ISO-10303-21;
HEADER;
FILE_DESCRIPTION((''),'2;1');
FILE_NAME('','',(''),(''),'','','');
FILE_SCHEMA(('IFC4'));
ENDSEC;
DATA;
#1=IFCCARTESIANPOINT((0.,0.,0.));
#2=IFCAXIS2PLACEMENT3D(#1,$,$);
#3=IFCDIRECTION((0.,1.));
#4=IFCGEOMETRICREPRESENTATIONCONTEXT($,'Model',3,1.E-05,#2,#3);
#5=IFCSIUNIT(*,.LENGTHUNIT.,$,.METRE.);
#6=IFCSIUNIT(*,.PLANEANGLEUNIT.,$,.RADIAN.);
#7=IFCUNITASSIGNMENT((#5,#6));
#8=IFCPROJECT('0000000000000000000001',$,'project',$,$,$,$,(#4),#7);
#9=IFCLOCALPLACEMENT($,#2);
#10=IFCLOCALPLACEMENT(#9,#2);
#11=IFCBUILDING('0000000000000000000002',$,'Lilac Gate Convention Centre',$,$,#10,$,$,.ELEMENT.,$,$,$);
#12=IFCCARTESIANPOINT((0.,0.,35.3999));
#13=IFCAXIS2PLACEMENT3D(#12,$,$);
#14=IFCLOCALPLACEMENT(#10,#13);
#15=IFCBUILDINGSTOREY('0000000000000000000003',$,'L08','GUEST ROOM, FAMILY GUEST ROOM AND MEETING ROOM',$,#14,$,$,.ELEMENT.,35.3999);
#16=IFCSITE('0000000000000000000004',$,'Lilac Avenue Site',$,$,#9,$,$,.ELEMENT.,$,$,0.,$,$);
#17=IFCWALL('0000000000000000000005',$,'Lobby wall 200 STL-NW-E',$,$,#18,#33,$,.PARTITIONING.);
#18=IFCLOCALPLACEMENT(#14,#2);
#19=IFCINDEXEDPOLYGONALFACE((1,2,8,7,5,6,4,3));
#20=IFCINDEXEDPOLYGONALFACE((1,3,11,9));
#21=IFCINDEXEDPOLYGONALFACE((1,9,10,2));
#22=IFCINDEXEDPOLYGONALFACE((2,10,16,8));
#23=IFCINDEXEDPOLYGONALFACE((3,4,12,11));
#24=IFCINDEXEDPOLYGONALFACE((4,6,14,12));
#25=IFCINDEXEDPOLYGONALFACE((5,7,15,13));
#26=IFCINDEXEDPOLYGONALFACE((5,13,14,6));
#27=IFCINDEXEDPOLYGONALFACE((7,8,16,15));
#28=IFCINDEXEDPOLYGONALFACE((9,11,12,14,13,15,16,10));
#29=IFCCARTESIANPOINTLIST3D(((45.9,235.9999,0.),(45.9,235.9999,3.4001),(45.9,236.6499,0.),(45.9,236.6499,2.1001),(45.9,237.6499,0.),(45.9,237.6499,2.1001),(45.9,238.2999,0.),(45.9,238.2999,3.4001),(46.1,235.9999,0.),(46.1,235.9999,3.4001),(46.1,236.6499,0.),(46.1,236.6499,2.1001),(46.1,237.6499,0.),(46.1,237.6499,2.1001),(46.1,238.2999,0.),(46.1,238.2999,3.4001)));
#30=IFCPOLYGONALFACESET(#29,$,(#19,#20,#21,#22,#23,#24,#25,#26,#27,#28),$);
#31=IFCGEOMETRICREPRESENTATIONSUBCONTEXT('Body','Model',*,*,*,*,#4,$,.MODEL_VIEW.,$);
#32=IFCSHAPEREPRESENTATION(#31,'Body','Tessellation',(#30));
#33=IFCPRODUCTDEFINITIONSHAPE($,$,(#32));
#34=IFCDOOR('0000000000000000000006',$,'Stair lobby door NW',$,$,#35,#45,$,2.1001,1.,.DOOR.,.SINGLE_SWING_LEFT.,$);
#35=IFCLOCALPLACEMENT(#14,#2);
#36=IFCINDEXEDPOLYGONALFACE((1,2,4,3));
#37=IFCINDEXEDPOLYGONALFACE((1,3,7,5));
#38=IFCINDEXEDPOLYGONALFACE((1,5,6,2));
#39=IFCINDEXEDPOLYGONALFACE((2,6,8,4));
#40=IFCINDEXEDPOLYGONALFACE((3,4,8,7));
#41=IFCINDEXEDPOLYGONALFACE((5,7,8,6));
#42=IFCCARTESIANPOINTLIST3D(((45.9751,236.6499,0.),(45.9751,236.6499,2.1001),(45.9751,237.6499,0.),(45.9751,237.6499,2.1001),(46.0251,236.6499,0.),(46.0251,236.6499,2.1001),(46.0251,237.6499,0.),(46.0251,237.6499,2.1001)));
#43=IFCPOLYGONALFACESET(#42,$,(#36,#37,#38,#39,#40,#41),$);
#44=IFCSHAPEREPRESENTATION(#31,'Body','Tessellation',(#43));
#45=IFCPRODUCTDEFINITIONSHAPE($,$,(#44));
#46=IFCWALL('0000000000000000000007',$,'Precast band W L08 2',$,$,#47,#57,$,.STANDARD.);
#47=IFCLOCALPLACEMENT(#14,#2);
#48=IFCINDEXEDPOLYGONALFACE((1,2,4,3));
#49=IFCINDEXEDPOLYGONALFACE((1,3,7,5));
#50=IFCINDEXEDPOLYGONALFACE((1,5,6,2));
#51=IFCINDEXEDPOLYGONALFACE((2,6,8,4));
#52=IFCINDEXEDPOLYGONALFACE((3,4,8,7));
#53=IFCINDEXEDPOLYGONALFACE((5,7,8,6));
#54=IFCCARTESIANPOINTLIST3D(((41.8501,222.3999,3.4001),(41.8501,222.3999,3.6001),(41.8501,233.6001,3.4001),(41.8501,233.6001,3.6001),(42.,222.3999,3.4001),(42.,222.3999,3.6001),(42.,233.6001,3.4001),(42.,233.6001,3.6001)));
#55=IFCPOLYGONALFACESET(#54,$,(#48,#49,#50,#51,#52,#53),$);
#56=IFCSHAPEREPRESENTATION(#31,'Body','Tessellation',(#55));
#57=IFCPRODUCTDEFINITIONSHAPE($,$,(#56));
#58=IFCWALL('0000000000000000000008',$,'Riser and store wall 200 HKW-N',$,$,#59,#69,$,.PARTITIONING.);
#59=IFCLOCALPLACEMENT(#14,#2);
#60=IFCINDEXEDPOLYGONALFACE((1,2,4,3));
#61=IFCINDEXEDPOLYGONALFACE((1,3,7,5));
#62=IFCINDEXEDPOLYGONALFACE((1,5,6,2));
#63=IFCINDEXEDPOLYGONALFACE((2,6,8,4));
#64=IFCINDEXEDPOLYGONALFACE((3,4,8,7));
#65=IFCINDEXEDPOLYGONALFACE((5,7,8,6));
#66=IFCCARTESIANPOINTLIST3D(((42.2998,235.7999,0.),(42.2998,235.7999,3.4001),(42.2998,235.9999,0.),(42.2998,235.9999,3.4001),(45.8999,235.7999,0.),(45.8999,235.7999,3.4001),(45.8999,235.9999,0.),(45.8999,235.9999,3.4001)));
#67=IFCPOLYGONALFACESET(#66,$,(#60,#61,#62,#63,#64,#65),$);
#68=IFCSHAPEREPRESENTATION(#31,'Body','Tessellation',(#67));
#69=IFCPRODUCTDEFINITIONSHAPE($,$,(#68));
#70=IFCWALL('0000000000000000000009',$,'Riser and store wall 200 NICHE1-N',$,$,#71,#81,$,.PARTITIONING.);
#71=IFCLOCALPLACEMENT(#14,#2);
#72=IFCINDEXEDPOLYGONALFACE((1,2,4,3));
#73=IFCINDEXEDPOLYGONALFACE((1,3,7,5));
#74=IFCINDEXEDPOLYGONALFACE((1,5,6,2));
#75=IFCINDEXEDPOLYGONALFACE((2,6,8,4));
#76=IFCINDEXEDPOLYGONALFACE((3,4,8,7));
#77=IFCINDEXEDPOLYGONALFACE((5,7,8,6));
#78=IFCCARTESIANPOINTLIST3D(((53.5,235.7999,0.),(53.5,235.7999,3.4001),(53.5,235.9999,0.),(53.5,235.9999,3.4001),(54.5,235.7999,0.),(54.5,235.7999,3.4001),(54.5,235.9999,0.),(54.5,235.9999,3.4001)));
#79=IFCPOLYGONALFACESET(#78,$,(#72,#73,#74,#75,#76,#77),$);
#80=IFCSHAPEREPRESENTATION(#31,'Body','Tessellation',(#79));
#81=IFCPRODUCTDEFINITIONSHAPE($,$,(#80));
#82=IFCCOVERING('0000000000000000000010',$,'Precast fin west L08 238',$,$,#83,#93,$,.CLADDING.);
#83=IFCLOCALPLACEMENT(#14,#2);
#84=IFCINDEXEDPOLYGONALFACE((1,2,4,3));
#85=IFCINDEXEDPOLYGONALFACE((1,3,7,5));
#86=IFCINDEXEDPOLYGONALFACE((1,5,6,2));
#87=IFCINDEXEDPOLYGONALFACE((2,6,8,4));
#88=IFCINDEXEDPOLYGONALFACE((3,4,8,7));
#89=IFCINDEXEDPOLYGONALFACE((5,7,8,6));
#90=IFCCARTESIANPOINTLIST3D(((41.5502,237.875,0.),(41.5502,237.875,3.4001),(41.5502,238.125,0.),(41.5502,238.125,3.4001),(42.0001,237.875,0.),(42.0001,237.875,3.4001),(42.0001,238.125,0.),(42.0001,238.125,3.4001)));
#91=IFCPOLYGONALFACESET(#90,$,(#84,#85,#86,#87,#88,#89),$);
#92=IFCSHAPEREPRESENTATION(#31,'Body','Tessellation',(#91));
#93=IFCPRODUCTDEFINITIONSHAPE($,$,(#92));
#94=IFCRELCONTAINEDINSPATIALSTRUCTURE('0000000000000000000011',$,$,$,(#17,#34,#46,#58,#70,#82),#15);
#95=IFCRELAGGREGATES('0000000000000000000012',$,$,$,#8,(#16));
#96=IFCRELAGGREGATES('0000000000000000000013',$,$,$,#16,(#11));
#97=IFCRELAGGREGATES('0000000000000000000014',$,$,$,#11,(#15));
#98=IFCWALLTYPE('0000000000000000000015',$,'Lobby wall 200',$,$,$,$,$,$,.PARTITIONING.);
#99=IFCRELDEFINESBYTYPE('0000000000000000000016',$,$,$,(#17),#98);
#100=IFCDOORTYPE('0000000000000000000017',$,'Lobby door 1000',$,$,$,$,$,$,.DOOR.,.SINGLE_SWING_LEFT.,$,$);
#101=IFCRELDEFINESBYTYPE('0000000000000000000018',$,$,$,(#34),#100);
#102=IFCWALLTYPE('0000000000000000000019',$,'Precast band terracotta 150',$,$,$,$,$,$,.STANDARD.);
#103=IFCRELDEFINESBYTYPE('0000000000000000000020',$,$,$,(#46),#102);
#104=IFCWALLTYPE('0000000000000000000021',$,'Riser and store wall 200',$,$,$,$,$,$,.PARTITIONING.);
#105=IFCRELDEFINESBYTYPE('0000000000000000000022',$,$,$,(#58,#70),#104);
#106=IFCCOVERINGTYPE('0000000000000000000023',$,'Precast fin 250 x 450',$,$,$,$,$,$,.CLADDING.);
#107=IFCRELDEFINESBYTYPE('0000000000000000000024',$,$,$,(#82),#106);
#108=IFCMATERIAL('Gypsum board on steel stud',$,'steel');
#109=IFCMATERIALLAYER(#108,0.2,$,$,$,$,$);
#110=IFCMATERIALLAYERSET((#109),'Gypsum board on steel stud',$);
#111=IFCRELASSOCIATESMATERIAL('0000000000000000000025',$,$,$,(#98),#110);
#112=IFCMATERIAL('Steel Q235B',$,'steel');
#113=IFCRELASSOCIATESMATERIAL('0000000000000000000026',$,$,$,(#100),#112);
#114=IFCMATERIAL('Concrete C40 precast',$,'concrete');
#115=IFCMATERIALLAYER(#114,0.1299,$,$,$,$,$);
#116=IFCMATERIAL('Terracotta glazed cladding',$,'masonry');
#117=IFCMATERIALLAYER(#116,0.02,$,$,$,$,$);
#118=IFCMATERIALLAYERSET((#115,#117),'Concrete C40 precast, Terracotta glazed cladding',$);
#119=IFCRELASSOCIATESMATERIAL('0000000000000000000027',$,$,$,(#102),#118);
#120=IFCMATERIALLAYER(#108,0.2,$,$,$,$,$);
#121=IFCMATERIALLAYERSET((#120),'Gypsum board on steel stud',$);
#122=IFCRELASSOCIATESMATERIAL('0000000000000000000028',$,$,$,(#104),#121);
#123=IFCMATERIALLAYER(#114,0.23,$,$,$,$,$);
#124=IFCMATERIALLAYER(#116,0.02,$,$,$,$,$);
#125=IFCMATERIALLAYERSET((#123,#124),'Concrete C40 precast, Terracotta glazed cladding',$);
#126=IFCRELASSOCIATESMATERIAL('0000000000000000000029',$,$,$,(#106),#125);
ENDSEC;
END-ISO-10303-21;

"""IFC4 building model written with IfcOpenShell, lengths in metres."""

from ifc_helpers import new_model, si_unit, direction, frame, frame_2d, origin, place, context, subcontext, project, spatial, rectangle, extrude, material, layer, layer_set, type_object, element, fill, save


model = new_model("IFC4")

# Units and contexts
model_context = context("Model", 3, precision=1e-05, world=origin(), true_north=direction((0.0, 1.0)))
body_context = subcontext(model_context, "Body", "Model", "MODEL_VIEW")
ifc_project = project(units=[si_unit("LENGTHUNIT", "METRE"), si_unit("PLANEANGLEUNIT", "RADIAN")], contexts=[model_context])

# Site, building, storey
site_placement = place(None, origin())
site = spatial("IfcSite", under=ifc_project, at=site_placement, Name="Lilac Avenue Site", CompositionType="ELEMENT", RefElevation=0.0)
building_placement = place(site_placement, origin())
building = spatial("IfcBuilding", under=site, at=building_placement, Name="Lilac Gate Convention Centre", CompositionType="ELEMENT")
storey_placement = place(building_placement, frame((0.0, 0.0, 35.3999)))
storey = spatial("IfcBuildingStorey", under=building, at=storey_placement, Name="L08", Description="GUEST ROOM, FAMILY GUEST ROOM AND MEETING ROOM", CompositionType="ELEMENT", Elevation=35.3999)

# Wall, opening, door
ifc_material_1 = material(Name="Gypsum board on steel stud", Category="steel")
ifc_layer_1 = layer(ifc_material_1, 0.2)
ifc_layer_set_1 = layer_set([ifc_layer_1], Name="Gypsum board on steel stud")
wall_type_1 = type_object("IfcWallType", Name="Lobby wall 200", PredefinedType="PARTITIONING", material=ifc_layer_set_1)
wall_1_placement = place(storey_placement, frame((46.0, 236.0, 0.0), z_axis=(0.0, 0.0, 1.0), x_axis=(0.0, 1.0, 0.0)))
wall_1 = element("IfcWall", 1, at=wall_1_placement, inside=storey, type_object=wall_type_1, Name="Lobby wall 200 STL-NW-E", PredefinedType="PARTITIONING", context=body_context, shape_type="SweptSolid", body=[
    extrude(rectangle(XDim=2.3, YDim=0.2, at=frame_2d((1.1499, 0.0))), origin(), (0.0, 0.0, 1.0), 3.4001),
])
opening_placement = place(wall_1_placement, frame((0.6499, 0.0, 0.0)))
opening = element("IfcOpeningElement", 2, at=opening_placement, cuts=wall_1, PredefinedType="OPENING", context=body_context, shape_type="SweptSolid", body=[
    extrude(rectangle(XDim=1.0, YDim=2.1001, at=frame_2d((0.5, 1.05))), frame((0.0, 0.1099, 0.0), z_axis=(0.0, -1.0, 0.0), x_axis=(1.0, 0.0, 0.0)), (0.0, 0.0, 1.0), 0.22),
])
ifc_material_2 = material(Name="Steel Q235B", Category="steel")
door_type = type_object("IfcDoorType", Name="Lobby door 1000", OperationType="SINGLE_SWING_LEFT", PredefinedType="DOOR", material=ifc_material_2)
door_placement = place(opening_placement, origin())
door = element("IfcDoor", 3, at=door_placement, inside=storey, type_object=door_type, Name="Stair lobby door NW", OperationType="SINGLE_SWING_LEFT", OverallHeight=2.1001, OverallWidth=1.0, PredefinedType="DOOR", context=body_context, shape_type="SweptSolid", body=[
    extrude(rectangle(XDim=1.0, YDim=2.1001, at=frame_2d((0.5, 1.05))), frame((0.0, 0.0249, 0.0), z_axis=(0.0, -1.0, 0.0), x_axis=(1.0, 0.0, 0.0)), (0.0, 0.0, 1.0), 0.05),
])
fill(opening, door)

# Walls
ifc_material_3 = material(Name="Concrete C40 precast", Category="concrete")
ifc_layer_2 = layer(ifc_material_3, 0.1299)
ifc_material_4 = material(Name="Terracotta glazed cladding", Category="masonry")
ifc_layer_3 = layer(ifc_material_4, 0.02)
ifc_layer_set_2 = layer_set([ifc_layer_2, ifc_layer_3], Name="Concrete C40 precast, Terracotta glazed cladding")
wall_type_2 = type_object("IfcWallType", Name="Precast band terracotta 150", PredefinedType="STANDARD", material=ifc_layer_set_2)
wall_2_placement = place(storey_placement, frame((41.925, 233.6001, 3.4001), z_axis=(0.0, 0.0, 1.0), x_axis=(0.0, -1.0, 0.0)))
element("IfcWall", 4, at=wall_2_placement, inside=storey, type_object=wall_type_2, Name="Precast band W L08 2", PredefinedType="STANDARD", context=body_context, shape_type="SweptSolid", body=[
    extrude(rectangle(XDim=11.2002, YDim=0.1499, at=frame_2d((5.6001, 0.0))), origin(), (0.0, 0.0, 1.0), 0.2),
])
ifc_layer_4 = layer(ifc_material_1, 0.2)
ifc_layer_set_3 = layer_set([ifc_layer_4], Name="Gypsum board on steel stud")
wall_type_3 = type_object("IfcWallType", Name="Riser and store wall 200", PredefinedType="PARTITIONING", material=ifc_layer_set_3)
wall_3_placement = place(storey_placement, frame((42.2998, 235.8999, 0.0), z_axis=(0.0, 0.0, 1.0), x_axis=(1.0, 0.0, 0.0)))
element("IfcWall", 5, at=wall_3_placement, inside=storey, type_object=wall_type_3, Name="Riser and store wall 200 HKW-N", PredefinedType="PARTITIONING", context=body_context, shape_type="SweptSolid", body=[
    extrude(rectangle(XDim=3.6001, YDim=0.2, at=frame_2d((1.8, 0.0))), origin(), (0.0, 0.0, 1.0), 3.4001),
])
wall_4_placement = place(storey_placement, frame((53.5, 235.8999, 0.0), z_axis=(0.0, 0.0, 1.0), x_axis=(1.0, 0.0, 0.0)))
element("IfcWall", 6, at=wall_4_placement, inside=storey, type_object=wall_type_3, Name="Riser and store wall 200 NICHE1-N", PredefinedType="PARTITIONING", context=body_context, shape_type="SweptSolid", body=[
    extrude(rectangle(XDim=1.0, YDim=0.2, at=frame_2d((0.5, 0.0))), origin(), (0.0, 0.0, 1.0), 3.4001),
])

# Covering
ifc_layer_5 = layer(ifc_material_3, 0.23)
ifc_layer_6 = layer(ifc_material_4, 0.02)
ifc_layer_set_4 = layer_set([ifc_layer_5, ifc_layer_6], Name="Concrete C40 precast, Terracotta glazed cladding")
covering_type = type_object("IfcCoveringType", Name="Precast fin 250 x 450", PredefinedType="CLADDING", material=ifc_layer_set_4)
covering_placement = place(storey_placement, frame((41.55, 238.0, 0.0), z_axis=(0.0, 0.0, 1.0), x_axis=(1.0, 0.0, 0.0)))
element("IfcCovering", 7, at=covering_placement, inside=storey, type_object=covering_type, Name="Precast fin west L08 238", PredefinedType="CLADDING", context=body_context, shape_type="SweptSolid", body=[
    extrude(rectangle(XDim=0.45, YDim=0.25, at=frame_2d((0.2251, 0.0))), origin(), (0.0, 0.0, 1.0), 3.4001),
])

save(model, "model.ifc")
